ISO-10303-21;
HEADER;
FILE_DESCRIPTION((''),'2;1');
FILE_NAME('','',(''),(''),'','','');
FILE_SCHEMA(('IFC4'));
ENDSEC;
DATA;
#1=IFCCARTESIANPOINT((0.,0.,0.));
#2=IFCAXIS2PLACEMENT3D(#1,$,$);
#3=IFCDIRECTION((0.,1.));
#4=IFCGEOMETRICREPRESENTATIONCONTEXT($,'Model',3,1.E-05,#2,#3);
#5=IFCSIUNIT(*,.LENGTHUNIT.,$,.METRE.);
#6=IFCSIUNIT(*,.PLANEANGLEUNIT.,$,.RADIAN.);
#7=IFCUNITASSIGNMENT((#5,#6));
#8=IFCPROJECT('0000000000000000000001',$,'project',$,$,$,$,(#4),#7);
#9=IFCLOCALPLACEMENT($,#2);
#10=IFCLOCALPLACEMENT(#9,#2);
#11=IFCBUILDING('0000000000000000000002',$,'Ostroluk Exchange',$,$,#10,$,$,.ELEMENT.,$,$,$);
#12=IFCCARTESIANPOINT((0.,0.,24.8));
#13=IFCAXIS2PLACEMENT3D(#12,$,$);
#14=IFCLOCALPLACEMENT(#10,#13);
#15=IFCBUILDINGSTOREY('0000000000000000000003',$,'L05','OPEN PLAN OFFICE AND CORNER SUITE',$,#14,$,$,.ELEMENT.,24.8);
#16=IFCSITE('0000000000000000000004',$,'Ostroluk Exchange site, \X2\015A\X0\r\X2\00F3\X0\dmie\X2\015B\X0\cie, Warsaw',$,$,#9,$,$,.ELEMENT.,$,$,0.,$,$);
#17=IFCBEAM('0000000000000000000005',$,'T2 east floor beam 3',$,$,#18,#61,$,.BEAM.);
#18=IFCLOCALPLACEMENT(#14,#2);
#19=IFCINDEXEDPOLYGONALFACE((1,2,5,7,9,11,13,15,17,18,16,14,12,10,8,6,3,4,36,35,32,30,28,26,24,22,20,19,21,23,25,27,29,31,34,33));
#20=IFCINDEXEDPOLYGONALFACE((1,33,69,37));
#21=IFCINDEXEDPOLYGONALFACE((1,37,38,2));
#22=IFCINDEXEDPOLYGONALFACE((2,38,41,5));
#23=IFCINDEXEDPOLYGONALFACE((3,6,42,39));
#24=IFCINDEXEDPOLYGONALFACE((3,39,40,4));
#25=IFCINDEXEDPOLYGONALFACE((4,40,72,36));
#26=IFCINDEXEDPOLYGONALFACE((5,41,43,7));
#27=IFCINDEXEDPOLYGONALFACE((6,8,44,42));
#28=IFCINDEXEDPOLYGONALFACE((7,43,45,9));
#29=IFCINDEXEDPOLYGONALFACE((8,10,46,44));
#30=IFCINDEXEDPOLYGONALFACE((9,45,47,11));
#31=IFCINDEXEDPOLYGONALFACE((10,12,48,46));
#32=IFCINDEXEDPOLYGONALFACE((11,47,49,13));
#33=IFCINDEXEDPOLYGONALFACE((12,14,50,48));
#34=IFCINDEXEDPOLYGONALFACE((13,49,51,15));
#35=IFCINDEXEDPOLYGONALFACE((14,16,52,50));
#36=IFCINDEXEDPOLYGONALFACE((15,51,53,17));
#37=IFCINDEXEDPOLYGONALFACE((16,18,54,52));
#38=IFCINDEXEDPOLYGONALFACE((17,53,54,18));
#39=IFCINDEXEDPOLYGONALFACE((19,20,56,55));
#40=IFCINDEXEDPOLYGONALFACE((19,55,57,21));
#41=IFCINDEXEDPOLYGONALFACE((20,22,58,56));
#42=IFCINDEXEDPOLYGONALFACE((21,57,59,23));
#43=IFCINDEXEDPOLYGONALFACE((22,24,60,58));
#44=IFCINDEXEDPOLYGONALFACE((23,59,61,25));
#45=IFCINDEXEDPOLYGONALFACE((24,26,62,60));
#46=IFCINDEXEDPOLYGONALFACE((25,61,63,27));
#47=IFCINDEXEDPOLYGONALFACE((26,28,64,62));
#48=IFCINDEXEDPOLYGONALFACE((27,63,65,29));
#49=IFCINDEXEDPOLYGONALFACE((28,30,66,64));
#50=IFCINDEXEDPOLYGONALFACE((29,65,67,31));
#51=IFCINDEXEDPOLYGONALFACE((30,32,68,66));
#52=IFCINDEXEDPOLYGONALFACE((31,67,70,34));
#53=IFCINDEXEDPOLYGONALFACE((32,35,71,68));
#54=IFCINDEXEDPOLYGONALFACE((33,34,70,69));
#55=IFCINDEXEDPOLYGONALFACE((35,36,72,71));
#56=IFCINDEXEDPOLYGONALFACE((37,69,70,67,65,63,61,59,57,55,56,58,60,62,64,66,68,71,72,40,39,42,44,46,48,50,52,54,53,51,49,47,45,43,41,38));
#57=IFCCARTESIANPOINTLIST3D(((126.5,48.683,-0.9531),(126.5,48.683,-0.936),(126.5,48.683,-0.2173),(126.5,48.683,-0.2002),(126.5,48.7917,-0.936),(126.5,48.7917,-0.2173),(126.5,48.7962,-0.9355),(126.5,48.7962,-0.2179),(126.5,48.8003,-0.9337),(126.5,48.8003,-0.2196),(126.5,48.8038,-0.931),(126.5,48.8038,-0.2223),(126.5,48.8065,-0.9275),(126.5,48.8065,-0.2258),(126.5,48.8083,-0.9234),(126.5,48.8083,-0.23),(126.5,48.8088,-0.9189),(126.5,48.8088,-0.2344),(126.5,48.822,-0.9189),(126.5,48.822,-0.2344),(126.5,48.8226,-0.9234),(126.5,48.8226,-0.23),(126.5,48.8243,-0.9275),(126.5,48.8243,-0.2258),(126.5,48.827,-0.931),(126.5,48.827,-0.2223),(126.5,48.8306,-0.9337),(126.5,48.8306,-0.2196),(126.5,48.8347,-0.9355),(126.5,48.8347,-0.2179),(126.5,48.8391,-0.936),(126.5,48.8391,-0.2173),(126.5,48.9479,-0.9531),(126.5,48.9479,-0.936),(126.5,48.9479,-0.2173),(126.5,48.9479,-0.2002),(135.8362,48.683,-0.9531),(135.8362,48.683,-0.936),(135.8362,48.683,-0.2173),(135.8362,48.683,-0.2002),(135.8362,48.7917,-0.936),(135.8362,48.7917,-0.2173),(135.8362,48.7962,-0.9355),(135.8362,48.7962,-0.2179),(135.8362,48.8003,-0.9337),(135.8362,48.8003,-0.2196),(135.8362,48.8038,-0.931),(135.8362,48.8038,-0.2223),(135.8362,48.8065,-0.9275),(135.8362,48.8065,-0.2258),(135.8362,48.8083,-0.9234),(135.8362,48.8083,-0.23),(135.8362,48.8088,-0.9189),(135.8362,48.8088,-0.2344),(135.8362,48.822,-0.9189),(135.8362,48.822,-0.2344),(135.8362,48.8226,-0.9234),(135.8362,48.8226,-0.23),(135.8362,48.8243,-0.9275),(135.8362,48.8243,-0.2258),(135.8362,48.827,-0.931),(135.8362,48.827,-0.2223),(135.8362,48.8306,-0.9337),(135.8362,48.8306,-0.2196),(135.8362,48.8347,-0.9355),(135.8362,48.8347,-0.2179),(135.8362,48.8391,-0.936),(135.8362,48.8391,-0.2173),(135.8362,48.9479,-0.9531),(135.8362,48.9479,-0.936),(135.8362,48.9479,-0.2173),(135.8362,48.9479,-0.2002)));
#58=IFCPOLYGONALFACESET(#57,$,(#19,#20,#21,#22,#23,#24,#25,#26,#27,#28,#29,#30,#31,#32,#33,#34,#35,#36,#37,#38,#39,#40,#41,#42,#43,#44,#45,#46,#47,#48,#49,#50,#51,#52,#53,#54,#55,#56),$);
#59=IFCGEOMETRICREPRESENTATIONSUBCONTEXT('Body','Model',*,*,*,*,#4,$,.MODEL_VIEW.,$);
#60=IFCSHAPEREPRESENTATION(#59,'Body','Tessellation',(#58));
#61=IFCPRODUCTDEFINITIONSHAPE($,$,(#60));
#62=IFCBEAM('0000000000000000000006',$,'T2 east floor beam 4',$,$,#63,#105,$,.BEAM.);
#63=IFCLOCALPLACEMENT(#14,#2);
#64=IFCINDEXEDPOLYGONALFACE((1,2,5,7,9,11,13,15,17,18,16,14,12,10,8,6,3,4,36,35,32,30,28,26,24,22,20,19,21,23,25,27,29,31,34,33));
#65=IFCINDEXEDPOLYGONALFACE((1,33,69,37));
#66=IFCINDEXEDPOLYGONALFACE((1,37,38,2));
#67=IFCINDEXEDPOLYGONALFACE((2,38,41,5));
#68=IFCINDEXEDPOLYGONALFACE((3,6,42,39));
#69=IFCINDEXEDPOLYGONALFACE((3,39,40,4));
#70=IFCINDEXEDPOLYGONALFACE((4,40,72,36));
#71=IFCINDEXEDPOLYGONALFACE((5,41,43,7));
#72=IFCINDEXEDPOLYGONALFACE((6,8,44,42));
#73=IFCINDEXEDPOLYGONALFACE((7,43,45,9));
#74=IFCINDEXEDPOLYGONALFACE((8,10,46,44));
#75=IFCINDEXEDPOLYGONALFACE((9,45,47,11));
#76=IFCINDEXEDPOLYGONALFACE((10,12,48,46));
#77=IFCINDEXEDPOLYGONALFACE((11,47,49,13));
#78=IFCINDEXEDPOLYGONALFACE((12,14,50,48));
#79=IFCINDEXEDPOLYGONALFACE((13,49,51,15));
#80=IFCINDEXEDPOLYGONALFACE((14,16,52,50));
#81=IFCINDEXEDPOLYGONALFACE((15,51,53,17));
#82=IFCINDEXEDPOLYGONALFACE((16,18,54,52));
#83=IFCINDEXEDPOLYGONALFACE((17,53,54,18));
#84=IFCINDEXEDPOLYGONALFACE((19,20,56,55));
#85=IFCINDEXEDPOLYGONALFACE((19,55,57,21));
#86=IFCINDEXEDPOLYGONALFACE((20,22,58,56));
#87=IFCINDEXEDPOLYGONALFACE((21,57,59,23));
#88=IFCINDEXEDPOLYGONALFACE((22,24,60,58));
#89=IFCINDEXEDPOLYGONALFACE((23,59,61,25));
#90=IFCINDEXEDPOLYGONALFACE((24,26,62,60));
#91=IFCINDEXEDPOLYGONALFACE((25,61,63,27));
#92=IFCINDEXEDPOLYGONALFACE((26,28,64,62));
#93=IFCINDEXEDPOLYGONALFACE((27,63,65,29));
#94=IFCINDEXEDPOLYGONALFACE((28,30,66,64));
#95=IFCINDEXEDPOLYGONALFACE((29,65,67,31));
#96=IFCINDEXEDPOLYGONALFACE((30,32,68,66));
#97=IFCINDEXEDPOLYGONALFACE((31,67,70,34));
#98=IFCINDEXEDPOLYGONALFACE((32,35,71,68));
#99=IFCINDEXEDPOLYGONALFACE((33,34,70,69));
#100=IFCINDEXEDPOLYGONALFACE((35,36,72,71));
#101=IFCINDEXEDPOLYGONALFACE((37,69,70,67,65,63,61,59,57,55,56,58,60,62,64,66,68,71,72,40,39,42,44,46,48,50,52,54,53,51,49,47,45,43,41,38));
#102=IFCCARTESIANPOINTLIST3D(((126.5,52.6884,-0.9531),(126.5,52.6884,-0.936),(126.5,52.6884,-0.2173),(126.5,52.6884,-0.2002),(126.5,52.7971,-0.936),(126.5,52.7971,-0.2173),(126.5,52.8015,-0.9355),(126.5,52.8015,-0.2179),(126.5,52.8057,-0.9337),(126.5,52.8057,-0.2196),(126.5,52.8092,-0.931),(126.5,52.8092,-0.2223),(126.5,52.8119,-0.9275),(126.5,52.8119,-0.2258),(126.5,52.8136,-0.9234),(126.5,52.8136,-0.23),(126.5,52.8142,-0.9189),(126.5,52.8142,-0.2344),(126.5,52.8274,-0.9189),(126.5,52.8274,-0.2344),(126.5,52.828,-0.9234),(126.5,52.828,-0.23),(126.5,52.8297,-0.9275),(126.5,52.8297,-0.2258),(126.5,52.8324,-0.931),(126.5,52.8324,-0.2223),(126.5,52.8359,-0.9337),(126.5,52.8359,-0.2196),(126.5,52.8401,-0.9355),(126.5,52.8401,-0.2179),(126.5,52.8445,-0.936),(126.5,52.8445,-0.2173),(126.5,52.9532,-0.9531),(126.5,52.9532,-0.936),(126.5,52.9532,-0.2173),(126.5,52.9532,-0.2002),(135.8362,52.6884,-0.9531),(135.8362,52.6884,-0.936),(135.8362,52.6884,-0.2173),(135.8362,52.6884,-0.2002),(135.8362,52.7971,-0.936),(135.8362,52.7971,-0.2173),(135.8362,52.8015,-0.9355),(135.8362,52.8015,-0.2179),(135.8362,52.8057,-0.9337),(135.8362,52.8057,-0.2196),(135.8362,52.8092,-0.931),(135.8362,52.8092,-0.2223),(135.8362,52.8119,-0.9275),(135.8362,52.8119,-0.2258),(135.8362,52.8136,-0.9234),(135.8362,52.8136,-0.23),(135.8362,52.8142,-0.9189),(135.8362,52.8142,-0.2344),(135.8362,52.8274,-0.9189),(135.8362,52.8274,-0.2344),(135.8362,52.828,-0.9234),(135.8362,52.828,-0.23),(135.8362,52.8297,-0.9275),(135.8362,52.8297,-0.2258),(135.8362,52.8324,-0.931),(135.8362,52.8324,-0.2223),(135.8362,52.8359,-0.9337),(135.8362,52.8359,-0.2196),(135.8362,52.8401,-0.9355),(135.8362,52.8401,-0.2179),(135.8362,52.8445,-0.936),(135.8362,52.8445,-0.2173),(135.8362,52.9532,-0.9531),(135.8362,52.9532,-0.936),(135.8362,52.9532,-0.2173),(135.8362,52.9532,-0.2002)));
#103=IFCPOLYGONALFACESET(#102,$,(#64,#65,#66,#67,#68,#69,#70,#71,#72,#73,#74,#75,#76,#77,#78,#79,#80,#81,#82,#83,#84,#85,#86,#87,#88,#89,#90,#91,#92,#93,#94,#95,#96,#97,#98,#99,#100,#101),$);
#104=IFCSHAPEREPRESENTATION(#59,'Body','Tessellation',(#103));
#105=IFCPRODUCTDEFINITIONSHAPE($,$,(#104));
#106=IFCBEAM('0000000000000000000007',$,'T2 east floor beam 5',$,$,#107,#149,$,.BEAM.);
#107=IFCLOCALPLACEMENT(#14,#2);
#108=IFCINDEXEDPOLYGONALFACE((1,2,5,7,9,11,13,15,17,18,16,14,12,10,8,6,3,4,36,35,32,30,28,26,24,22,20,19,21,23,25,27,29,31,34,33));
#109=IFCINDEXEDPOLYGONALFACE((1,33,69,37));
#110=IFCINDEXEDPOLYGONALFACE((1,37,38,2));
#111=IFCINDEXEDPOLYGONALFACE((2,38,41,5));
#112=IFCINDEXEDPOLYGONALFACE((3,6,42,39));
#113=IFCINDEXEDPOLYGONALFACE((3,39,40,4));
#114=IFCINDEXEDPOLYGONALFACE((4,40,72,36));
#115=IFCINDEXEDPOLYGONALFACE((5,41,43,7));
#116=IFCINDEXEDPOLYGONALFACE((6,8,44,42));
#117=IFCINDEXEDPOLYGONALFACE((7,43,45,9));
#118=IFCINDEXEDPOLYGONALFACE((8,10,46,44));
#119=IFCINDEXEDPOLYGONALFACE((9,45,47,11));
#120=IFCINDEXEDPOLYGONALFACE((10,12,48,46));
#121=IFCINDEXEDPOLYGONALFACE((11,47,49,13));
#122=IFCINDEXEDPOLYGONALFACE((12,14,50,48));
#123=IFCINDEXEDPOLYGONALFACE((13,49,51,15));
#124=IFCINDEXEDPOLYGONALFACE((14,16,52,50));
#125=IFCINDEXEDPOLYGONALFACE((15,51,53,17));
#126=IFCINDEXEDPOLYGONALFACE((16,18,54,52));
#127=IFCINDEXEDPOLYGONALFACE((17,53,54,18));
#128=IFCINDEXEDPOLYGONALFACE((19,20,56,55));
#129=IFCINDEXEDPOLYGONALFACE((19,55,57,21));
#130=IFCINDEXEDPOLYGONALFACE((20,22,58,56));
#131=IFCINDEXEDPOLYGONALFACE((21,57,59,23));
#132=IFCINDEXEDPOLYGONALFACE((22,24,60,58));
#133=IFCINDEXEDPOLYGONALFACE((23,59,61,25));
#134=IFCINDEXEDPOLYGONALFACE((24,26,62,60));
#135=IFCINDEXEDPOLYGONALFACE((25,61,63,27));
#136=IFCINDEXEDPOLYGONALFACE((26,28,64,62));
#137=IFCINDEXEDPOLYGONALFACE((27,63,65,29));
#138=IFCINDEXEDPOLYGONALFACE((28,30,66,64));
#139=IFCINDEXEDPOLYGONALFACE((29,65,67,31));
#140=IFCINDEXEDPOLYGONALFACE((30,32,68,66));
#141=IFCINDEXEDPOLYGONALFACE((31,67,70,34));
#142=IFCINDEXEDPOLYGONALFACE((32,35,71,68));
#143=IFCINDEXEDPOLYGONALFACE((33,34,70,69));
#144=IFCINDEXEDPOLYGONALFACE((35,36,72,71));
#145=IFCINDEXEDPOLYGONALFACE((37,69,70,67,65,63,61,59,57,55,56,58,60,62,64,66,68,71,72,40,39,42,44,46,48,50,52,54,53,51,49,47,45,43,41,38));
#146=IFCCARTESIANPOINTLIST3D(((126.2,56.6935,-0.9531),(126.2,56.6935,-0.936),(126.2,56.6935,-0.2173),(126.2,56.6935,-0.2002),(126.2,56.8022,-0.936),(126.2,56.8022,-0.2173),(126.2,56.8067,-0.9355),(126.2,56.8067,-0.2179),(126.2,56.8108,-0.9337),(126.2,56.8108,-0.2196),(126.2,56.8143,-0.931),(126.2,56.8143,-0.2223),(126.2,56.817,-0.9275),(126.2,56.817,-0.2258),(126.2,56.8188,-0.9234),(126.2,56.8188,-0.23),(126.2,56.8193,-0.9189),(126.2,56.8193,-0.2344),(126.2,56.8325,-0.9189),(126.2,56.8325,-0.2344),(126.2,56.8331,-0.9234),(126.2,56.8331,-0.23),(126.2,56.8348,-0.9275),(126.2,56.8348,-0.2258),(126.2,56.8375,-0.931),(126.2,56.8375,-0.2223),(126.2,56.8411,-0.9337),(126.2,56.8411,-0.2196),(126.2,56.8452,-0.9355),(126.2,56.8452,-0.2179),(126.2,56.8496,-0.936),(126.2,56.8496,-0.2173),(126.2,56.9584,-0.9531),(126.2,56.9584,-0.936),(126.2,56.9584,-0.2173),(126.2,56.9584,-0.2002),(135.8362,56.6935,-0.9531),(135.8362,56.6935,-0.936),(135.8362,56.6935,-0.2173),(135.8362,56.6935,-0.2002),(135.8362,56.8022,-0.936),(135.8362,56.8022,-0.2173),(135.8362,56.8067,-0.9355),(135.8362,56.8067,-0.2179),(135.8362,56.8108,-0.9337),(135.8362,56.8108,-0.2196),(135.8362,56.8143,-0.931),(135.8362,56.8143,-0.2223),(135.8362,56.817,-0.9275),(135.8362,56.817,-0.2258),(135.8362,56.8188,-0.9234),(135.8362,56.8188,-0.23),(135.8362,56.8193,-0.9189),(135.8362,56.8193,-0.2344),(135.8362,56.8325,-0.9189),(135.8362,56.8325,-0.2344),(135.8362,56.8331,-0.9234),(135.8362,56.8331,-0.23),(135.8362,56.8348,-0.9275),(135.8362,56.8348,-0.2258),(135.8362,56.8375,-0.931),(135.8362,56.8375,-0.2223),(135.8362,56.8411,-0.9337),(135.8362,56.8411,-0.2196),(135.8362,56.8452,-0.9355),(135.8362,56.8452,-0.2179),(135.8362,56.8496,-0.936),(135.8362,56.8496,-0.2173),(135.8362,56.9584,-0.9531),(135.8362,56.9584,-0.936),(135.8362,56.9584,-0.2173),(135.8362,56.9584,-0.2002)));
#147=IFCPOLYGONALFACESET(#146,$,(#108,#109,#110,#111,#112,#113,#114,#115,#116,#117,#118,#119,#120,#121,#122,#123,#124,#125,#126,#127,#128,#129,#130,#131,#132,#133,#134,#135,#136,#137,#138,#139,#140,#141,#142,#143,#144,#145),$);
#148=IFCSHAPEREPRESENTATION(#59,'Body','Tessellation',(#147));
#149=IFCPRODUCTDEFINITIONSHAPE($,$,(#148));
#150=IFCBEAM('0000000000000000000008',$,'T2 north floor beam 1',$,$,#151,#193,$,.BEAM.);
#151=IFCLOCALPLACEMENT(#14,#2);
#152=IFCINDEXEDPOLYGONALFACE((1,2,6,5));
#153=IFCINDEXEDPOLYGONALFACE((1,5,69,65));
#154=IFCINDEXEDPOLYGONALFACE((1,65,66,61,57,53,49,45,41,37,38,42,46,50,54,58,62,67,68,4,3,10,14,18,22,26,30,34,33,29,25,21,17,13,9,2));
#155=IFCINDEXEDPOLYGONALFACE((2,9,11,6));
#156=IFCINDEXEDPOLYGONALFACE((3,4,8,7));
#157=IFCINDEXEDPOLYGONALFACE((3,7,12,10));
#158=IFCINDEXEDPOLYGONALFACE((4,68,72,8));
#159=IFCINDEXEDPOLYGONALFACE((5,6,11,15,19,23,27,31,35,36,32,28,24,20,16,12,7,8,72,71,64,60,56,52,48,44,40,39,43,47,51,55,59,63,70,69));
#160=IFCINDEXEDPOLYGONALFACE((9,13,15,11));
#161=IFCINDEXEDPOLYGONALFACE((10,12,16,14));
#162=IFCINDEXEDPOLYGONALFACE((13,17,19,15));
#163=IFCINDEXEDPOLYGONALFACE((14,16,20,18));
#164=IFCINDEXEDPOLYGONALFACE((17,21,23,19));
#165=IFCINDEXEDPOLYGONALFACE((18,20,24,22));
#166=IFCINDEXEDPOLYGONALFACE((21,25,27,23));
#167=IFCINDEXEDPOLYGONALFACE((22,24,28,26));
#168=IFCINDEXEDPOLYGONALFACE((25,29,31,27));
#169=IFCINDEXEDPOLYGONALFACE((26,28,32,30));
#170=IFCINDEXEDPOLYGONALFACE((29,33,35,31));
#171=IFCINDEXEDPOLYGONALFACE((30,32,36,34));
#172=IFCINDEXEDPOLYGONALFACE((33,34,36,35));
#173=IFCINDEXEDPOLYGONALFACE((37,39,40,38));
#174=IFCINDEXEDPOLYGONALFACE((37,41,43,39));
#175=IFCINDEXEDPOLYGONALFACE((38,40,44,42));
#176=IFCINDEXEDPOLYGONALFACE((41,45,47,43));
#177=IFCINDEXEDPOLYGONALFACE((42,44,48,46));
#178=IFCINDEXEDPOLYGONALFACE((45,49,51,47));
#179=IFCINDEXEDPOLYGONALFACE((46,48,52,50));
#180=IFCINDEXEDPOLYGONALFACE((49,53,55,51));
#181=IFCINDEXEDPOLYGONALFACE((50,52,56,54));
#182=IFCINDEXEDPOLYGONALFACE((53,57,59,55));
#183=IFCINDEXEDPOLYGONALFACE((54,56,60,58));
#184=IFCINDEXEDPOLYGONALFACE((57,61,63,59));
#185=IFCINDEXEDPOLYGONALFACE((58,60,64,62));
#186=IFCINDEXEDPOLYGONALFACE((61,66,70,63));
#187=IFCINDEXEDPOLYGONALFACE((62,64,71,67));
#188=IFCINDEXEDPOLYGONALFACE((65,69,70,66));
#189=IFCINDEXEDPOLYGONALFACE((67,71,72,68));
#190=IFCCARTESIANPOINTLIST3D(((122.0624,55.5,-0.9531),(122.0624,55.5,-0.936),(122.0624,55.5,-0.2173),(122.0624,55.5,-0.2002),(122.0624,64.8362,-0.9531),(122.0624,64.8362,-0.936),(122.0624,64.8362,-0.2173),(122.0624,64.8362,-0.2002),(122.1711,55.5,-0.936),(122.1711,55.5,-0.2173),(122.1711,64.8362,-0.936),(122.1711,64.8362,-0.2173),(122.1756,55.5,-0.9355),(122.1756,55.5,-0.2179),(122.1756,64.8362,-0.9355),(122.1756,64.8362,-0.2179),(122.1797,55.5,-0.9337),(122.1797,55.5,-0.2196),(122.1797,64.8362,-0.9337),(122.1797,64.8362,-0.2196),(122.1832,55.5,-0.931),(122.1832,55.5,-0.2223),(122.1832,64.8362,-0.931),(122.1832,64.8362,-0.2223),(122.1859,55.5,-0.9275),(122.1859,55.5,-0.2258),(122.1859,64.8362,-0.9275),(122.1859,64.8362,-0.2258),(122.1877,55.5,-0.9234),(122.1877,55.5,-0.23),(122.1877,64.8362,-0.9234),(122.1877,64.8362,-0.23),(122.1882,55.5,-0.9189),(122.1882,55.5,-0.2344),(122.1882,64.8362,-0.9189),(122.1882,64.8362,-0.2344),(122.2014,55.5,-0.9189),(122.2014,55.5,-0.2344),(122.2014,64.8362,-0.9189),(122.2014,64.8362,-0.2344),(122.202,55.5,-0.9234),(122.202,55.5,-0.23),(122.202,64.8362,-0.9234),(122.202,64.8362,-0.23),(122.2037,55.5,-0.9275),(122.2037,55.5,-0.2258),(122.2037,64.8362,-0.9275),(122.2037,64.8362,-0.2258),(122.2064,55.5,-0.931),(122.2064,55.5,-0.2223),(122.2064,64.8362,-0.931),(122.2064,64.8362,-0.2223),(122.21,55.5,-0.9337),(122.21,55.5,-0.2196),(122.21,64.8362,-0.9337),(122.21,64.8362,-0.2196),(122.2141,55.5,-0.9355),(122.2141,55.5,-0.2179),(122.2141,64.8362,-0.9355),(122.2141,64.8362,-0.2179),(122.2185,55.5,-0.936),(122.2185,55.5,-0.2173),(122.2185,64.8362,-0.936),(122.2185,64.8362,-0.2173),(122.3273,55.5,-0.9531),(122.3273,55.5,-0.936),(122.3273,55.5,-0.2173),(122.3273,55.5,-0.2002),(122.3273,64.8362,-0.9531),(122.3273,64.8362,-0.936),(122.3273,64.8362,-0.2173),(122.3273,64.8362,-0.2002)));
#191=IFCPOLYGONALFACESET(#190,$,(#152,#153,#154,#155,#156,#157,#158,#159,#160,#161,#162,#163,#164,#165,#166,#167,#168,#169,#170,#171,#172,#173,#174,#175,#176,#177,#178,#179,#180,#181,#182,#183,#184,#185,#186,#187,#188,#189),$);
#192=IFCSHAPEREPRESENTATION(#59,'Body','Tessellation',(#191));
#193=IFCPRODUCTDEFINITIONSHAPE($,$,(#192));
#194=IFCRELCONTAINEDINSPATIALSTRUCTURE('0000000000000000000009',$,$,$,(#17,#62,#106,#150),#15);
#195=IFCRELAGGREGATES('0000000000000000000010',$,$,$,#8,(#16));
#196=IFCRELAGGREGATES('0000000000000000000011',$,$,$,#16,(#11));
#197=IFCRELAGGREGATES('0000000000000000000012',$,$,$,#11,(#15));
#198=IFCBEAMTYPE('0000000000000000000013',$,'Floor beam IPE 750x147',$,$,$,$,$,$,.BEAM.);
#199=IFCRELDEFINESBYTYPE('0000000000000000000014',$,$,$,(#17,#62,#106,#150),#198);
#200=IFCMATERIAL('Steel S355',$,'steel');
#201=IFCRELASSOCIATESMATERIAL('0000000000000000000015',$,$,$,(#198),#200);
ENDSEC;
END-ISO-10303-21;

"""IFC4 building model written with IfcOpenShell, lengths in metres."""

from ifc_helpers import new_model, si_unit, direction, frame, origin, origin_2d, place, context, subcontext, project, spatial, i_section, extrude, material, material_profile, profile_set, type_object, element, save


model = new_model("IFC4")

# Units and contexts
model_context = context("Model", 3, precision=1e-05, world=origin(), true_north=direction((0.0, 1.0)))
body_context = subcontext(model_context, "Body", "Model", "MODEL_VIEW")
ifc_project = project(units=[si_unit("LENGTHUNIT", "METRE"), si_unit("PLANEANGLEUNIT", "RADIAN")], contexts=[model_context])

# Site, building, storey
site_placement = place(None, origin())
site = spatial("IfcSite", under=ifc_project, at=site_placement, Name="Ostroluk Exchange site, Śródmieście, Warsaw", CompositionType="ELEMENT", RefElevation=0.0)
building_placement = place(site_placement, origin())
building = spatial("IfcBuilding", under=site, at=building_placement, Name="Ostroluk Exchange", CompositionType="ELEMENT")
storey_placement = place(building_placement, frame((0.0, 0.0, 24.8)))
storey = spatial("IfcBuildingStorey", under=building, at=storey_placement, Name="L05", Description="OPEN PLAN OFFICE AND CORNER SUITE", CompositionType="ELEMENT", Elevation=24.8)

# Beams
ifc_material_1 = material(Name="Steel S355", Category="steel")
ifc_material_profile_1 = material_profile(ifc_material_1, i_section(OverallWidth=0.2649, OverallDepth=0.7529, WebThickness=0.0132, FlangeThickness=0.0171, FilletRadius=0.0171, at=origin_2d()), Name="IPE 750x147")
ifc_profile_set_1 = profile_set([ifc_material_profile_1], Name="Steel S355")
beam_type_1 = type_object("IfcBeamType", Name="Floor beam IPE 750x147", PredefinedType="BEAM", material=ifc_profile_set_1)
for number, where, z_axis, x_axis, name in (
    (1, (126.5, 48.8154, -0.5767), (1.0, 0.0, 0.0), (0.0, 1.0, 0.0), "T2 east floor beam 3"),
    (2, (126.5, 52.8208, -0.5767), (1.0, 0.0, 0.0), (0.0, 1.0, 0.0), "T2 east floor beam 4"),
):
    element("IfcBeam", number, at=place(storey_placement, frame(where, z_axis=z_axis, x_axis=x_axis)), inside=storey, type_object=beam_type_1, Name=name, PredefinedType="BEAM", context=body_context, shape_type="SweptSolid", body=[
        extrude(i_section(OverallWidth=0.2649, OverallDepth=0.7529, WebThickness=0.0132, FlangeThickness=0.0171, FilletRadius=0.0171, at=origin_2d()), origin(), (0.0, 0.0, 1.0), 9.3362),
    ])
beam_1_placement = place(storey_placement, frame((126.2, 56.8259, -0.5767), z_axis=(1.0, 0.0, 0.0), x_axis=(0.0, 1.0, 0.0)))
element("IfcBeam", 3, at=beam_1_placement, inside=storey, type_object=beam_type_1, Name="T2 east floor beam 5", PredefinedType="BEAM", context=body_context, shape_type="SweptSolid", body=[
    extrude(i_section(OverallWidth=0.2649, OverallDepth=0.7529, WebThickness=0.0132, FlangeThickness=0.0171, FilletRadius=0.0171, at=origin_2d()), origin(), (0.0, 0.0, 1.0), 9.6362),
])
for number, where, z_axis, x_axis, name in (
    (4, (122.1948, 55.5, -0.5767), (0.0, 1.0, 0.0), (-1.0, 0.0, 0.0), "T2 north floor beam 1"),
):
    element("IfcBeam", number, at=place(storey_placement, frame(where, z_axis=z_axis, x_axis=x_axis)), inside=storey, type_object=beam_type_1, Name=name, PredefinedType="BEAM", context=body_context, shape_type="SweptSolid", body=[
        extrude(i_section(OverallWidth=0.2649, OverallDepth=0.7529, WebThickness=0.0132, FlangeThickness=0.0171, FilletRadius=0.0171, at=origin_2d()), origin(), (0.0, 0.0, 1.0), 9.3362),
    ])

save(model, "model.ifc")
